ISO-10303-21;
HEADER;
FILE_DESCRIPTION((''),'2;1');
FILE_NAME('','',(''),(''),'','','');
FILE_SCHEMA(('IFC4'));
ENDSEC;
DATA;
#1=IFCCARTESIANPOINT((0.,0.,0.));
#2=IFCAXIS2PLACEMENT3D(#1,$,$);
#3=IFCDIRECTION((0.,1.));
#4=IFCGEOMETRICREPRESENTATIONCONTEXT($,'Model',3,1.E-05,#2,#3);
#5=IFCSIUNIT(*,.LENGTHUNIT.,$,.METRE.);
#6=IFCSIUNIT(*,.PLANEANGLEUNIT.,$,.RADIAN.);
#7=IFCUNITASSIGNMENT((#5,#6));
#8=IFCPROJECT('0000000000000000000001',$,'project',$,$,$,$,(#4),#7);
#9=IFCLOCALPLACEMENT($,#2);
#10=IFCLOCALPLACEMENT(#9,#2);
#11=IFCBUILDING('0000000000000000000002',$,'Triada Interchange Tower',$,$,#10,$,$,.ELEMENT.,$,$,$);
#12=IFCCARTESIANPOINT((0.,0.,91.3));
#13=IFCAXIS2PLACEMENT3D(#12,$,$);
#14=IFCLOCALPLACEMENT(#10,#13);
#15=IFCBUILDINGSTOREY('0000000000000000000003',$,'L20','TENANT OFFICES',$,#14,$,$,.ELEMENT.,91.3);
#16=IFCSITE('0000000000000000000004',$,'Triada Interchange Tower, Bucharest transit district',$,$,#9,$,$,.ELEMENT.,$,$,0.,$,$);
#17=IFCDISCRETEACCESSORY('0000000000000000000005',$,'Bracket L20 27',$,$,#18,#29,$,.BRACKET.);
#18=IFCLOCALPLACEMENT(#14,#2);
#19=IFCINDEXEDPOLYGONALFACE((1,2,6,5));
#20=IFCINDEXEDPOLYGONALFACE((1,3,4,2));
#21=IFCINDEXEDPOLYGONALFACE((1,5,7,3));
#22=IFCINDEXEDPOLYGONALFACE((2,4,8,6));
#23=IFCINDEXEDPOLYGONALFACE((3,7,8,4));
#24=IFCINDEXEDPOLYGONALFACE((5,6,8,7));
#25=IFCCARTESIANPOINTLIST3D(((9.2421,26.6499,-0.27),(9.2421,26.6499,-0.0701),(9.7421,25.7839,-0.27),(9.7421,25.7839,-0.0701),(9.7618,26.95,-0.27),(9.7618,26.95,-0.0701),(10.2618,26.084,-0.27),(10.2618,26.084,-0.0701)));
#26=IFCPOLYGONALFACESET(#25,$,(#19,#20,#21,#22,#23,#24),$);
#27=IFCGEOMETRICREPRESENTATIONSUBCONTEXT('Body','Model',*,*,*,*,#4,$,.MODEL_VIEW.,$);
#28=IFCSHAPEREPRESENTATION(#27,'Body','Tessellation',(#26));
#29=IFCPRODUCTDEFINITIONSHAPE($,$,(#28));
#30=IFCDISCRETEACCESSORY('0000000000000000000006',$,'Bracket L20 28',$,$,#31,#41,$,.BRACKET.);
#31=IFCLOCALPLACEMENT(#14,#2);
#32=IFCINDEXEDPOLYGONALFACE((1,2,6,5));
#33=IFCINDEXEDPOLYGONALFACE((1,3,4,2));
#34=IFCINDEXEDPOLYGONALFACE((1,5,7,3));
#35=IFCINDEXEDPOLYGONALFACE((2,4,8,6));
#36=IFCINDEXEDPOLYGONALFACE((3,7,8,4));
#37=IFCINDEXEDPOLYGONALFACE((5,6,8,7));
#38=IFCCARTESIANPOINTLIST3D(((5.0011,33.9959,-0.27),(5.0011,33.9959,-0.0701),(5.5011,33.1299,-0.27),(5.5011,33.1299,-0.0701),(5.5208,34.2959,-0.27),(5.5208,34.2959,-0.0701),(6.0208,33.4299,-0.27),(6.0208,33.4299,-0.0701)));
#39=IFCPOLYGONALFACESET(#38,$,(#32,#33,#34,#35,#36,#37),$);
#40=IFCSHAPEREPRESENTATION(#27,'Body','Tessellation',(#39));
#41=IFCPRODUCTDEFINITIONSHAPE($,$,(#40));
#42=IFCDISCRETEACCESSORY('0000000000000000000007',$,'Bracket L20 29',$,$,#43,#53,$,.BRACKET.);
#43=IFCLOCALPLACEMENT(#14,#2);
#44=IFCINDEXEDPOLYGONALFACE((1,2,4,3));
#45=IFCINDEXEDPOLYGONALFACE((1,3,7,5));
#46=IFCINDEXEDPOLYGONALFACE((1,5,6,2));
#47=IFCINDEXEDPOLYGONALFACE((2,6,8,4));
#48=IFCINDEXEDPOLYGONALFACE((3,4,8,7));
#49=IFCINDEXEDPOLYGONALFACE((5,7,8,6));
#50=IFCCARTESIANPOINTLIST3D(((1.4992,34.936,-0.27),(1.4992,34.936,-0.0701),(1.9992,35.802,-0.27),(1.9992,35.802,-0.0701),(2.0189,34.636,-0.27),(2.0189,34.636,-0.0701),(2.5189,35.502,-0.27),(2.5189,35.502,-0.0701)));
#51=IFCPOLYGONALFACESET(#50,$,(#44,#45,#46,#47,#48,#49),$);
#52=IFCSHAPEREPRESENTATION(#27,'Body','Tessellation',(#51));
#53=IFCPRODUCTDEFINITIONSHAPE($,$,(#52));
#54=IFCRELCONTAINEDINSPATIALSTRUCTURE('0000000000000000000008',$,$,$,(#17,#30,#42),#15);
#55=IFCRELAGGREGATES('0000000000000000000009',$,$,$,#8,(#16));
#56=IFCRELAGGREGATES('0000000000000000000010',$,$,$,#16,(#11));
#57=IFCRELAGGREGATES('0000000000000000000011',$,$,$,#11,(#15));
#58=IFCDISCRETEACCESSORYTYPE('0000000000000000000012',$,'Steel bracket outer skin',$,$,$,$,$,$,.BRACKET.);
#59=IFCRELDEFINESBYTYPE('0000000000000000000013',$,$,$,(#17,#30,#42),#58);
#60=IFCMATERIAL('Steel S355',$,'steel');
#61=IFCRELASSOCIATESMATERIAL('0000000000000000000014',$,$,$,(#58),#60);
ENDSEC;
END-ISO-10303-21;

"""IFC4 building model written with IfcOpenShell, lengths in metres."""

from ifc_helpers import new_model, si_unit, direction, frame, origin, origin_2d, place, context, subcontext, project, spatial, rectangle, extrude, material, type_object, element, save


model = new_model("IFC4")

# Units and contexts
model_context = context("Model", 3, precision=1e-05, world=origin(), true_north=direction((0.0, 1.0)))
body_context = subcontext(model_context, "Body", "Model", "MODEL_VIEW")
ifc_project = project(units=[si_unit("LENGTHUNIT", "METRE"), si_unit("PLANEANGLEUNIT", "RADIAN")], contexts=[model_context])

# Site, building, storey
site_placement = place(None, origin())
site = spatial("IfcSite", under=ifc_project, at=site_placement, Name="Triada Interchange Tower, Bucharest transit district", CompositionType="ELEMENT", RefElevation=0.0)
building_placement = place(site_placement, origin())
building = spatial("IfcBuilding", under=site, at=building_placement, Name="Triada Interchange Tower", CompositionType="ELEMENT")
storey_placement = place(building_placement, frame((0.0, 0.0, 91.3)))
storey = spatial("IfcBuildingStorey", under=building, at=storey_placement, Name="L20", Description="TENANT OFFICES", CompositionType="ELEMENT", Elevation=91.3)

# Discrete accessories
ifc_material_1 = material(Name="Steel S355", Category="steel")
discrete_accessory_type = type_object("IfcDiscreteAccessoryType", Name="Steel bracket outer skin", PredefinedType="BRACKET", material=ifc_material_1)
for number, where, z_axis, x_axis, name in (
    (1, (9.752, 26.3669, -0.27), (0.0, 0.0, 1.0), (0.866025, 0.5, 0.0), "Bracket L20 27"),
    (2, (5.511, 33.7129, -0.27), (0.0, 0.0, 1.0), (0.866025, 0.5, 0.0), "Bracket L20 28"),
    (3, (2.009, 35.219, -0.27), (0.0, 0.0, 1.0), (-0.866023, 0.500004, 0.0), "Bracket L20 29"),
):
    element("IfcDiscreteAccessory", number, at=place(storey_placement, frame(where, z_axis=z_axis, x_axis=x_axis)), inside=storey, type_object=discrete_accessory_type, Name=name, PredefinedType="BRACKET", context=body_context, shape_type="SweptSolid", body=[
        extrude(rectangle(XDim=0.6001, YDim=1.0, at=origin_2d()), origin(), (0.0, 0.0, 1.0), 0.2),
    ])

save(model, "model.ifc")
